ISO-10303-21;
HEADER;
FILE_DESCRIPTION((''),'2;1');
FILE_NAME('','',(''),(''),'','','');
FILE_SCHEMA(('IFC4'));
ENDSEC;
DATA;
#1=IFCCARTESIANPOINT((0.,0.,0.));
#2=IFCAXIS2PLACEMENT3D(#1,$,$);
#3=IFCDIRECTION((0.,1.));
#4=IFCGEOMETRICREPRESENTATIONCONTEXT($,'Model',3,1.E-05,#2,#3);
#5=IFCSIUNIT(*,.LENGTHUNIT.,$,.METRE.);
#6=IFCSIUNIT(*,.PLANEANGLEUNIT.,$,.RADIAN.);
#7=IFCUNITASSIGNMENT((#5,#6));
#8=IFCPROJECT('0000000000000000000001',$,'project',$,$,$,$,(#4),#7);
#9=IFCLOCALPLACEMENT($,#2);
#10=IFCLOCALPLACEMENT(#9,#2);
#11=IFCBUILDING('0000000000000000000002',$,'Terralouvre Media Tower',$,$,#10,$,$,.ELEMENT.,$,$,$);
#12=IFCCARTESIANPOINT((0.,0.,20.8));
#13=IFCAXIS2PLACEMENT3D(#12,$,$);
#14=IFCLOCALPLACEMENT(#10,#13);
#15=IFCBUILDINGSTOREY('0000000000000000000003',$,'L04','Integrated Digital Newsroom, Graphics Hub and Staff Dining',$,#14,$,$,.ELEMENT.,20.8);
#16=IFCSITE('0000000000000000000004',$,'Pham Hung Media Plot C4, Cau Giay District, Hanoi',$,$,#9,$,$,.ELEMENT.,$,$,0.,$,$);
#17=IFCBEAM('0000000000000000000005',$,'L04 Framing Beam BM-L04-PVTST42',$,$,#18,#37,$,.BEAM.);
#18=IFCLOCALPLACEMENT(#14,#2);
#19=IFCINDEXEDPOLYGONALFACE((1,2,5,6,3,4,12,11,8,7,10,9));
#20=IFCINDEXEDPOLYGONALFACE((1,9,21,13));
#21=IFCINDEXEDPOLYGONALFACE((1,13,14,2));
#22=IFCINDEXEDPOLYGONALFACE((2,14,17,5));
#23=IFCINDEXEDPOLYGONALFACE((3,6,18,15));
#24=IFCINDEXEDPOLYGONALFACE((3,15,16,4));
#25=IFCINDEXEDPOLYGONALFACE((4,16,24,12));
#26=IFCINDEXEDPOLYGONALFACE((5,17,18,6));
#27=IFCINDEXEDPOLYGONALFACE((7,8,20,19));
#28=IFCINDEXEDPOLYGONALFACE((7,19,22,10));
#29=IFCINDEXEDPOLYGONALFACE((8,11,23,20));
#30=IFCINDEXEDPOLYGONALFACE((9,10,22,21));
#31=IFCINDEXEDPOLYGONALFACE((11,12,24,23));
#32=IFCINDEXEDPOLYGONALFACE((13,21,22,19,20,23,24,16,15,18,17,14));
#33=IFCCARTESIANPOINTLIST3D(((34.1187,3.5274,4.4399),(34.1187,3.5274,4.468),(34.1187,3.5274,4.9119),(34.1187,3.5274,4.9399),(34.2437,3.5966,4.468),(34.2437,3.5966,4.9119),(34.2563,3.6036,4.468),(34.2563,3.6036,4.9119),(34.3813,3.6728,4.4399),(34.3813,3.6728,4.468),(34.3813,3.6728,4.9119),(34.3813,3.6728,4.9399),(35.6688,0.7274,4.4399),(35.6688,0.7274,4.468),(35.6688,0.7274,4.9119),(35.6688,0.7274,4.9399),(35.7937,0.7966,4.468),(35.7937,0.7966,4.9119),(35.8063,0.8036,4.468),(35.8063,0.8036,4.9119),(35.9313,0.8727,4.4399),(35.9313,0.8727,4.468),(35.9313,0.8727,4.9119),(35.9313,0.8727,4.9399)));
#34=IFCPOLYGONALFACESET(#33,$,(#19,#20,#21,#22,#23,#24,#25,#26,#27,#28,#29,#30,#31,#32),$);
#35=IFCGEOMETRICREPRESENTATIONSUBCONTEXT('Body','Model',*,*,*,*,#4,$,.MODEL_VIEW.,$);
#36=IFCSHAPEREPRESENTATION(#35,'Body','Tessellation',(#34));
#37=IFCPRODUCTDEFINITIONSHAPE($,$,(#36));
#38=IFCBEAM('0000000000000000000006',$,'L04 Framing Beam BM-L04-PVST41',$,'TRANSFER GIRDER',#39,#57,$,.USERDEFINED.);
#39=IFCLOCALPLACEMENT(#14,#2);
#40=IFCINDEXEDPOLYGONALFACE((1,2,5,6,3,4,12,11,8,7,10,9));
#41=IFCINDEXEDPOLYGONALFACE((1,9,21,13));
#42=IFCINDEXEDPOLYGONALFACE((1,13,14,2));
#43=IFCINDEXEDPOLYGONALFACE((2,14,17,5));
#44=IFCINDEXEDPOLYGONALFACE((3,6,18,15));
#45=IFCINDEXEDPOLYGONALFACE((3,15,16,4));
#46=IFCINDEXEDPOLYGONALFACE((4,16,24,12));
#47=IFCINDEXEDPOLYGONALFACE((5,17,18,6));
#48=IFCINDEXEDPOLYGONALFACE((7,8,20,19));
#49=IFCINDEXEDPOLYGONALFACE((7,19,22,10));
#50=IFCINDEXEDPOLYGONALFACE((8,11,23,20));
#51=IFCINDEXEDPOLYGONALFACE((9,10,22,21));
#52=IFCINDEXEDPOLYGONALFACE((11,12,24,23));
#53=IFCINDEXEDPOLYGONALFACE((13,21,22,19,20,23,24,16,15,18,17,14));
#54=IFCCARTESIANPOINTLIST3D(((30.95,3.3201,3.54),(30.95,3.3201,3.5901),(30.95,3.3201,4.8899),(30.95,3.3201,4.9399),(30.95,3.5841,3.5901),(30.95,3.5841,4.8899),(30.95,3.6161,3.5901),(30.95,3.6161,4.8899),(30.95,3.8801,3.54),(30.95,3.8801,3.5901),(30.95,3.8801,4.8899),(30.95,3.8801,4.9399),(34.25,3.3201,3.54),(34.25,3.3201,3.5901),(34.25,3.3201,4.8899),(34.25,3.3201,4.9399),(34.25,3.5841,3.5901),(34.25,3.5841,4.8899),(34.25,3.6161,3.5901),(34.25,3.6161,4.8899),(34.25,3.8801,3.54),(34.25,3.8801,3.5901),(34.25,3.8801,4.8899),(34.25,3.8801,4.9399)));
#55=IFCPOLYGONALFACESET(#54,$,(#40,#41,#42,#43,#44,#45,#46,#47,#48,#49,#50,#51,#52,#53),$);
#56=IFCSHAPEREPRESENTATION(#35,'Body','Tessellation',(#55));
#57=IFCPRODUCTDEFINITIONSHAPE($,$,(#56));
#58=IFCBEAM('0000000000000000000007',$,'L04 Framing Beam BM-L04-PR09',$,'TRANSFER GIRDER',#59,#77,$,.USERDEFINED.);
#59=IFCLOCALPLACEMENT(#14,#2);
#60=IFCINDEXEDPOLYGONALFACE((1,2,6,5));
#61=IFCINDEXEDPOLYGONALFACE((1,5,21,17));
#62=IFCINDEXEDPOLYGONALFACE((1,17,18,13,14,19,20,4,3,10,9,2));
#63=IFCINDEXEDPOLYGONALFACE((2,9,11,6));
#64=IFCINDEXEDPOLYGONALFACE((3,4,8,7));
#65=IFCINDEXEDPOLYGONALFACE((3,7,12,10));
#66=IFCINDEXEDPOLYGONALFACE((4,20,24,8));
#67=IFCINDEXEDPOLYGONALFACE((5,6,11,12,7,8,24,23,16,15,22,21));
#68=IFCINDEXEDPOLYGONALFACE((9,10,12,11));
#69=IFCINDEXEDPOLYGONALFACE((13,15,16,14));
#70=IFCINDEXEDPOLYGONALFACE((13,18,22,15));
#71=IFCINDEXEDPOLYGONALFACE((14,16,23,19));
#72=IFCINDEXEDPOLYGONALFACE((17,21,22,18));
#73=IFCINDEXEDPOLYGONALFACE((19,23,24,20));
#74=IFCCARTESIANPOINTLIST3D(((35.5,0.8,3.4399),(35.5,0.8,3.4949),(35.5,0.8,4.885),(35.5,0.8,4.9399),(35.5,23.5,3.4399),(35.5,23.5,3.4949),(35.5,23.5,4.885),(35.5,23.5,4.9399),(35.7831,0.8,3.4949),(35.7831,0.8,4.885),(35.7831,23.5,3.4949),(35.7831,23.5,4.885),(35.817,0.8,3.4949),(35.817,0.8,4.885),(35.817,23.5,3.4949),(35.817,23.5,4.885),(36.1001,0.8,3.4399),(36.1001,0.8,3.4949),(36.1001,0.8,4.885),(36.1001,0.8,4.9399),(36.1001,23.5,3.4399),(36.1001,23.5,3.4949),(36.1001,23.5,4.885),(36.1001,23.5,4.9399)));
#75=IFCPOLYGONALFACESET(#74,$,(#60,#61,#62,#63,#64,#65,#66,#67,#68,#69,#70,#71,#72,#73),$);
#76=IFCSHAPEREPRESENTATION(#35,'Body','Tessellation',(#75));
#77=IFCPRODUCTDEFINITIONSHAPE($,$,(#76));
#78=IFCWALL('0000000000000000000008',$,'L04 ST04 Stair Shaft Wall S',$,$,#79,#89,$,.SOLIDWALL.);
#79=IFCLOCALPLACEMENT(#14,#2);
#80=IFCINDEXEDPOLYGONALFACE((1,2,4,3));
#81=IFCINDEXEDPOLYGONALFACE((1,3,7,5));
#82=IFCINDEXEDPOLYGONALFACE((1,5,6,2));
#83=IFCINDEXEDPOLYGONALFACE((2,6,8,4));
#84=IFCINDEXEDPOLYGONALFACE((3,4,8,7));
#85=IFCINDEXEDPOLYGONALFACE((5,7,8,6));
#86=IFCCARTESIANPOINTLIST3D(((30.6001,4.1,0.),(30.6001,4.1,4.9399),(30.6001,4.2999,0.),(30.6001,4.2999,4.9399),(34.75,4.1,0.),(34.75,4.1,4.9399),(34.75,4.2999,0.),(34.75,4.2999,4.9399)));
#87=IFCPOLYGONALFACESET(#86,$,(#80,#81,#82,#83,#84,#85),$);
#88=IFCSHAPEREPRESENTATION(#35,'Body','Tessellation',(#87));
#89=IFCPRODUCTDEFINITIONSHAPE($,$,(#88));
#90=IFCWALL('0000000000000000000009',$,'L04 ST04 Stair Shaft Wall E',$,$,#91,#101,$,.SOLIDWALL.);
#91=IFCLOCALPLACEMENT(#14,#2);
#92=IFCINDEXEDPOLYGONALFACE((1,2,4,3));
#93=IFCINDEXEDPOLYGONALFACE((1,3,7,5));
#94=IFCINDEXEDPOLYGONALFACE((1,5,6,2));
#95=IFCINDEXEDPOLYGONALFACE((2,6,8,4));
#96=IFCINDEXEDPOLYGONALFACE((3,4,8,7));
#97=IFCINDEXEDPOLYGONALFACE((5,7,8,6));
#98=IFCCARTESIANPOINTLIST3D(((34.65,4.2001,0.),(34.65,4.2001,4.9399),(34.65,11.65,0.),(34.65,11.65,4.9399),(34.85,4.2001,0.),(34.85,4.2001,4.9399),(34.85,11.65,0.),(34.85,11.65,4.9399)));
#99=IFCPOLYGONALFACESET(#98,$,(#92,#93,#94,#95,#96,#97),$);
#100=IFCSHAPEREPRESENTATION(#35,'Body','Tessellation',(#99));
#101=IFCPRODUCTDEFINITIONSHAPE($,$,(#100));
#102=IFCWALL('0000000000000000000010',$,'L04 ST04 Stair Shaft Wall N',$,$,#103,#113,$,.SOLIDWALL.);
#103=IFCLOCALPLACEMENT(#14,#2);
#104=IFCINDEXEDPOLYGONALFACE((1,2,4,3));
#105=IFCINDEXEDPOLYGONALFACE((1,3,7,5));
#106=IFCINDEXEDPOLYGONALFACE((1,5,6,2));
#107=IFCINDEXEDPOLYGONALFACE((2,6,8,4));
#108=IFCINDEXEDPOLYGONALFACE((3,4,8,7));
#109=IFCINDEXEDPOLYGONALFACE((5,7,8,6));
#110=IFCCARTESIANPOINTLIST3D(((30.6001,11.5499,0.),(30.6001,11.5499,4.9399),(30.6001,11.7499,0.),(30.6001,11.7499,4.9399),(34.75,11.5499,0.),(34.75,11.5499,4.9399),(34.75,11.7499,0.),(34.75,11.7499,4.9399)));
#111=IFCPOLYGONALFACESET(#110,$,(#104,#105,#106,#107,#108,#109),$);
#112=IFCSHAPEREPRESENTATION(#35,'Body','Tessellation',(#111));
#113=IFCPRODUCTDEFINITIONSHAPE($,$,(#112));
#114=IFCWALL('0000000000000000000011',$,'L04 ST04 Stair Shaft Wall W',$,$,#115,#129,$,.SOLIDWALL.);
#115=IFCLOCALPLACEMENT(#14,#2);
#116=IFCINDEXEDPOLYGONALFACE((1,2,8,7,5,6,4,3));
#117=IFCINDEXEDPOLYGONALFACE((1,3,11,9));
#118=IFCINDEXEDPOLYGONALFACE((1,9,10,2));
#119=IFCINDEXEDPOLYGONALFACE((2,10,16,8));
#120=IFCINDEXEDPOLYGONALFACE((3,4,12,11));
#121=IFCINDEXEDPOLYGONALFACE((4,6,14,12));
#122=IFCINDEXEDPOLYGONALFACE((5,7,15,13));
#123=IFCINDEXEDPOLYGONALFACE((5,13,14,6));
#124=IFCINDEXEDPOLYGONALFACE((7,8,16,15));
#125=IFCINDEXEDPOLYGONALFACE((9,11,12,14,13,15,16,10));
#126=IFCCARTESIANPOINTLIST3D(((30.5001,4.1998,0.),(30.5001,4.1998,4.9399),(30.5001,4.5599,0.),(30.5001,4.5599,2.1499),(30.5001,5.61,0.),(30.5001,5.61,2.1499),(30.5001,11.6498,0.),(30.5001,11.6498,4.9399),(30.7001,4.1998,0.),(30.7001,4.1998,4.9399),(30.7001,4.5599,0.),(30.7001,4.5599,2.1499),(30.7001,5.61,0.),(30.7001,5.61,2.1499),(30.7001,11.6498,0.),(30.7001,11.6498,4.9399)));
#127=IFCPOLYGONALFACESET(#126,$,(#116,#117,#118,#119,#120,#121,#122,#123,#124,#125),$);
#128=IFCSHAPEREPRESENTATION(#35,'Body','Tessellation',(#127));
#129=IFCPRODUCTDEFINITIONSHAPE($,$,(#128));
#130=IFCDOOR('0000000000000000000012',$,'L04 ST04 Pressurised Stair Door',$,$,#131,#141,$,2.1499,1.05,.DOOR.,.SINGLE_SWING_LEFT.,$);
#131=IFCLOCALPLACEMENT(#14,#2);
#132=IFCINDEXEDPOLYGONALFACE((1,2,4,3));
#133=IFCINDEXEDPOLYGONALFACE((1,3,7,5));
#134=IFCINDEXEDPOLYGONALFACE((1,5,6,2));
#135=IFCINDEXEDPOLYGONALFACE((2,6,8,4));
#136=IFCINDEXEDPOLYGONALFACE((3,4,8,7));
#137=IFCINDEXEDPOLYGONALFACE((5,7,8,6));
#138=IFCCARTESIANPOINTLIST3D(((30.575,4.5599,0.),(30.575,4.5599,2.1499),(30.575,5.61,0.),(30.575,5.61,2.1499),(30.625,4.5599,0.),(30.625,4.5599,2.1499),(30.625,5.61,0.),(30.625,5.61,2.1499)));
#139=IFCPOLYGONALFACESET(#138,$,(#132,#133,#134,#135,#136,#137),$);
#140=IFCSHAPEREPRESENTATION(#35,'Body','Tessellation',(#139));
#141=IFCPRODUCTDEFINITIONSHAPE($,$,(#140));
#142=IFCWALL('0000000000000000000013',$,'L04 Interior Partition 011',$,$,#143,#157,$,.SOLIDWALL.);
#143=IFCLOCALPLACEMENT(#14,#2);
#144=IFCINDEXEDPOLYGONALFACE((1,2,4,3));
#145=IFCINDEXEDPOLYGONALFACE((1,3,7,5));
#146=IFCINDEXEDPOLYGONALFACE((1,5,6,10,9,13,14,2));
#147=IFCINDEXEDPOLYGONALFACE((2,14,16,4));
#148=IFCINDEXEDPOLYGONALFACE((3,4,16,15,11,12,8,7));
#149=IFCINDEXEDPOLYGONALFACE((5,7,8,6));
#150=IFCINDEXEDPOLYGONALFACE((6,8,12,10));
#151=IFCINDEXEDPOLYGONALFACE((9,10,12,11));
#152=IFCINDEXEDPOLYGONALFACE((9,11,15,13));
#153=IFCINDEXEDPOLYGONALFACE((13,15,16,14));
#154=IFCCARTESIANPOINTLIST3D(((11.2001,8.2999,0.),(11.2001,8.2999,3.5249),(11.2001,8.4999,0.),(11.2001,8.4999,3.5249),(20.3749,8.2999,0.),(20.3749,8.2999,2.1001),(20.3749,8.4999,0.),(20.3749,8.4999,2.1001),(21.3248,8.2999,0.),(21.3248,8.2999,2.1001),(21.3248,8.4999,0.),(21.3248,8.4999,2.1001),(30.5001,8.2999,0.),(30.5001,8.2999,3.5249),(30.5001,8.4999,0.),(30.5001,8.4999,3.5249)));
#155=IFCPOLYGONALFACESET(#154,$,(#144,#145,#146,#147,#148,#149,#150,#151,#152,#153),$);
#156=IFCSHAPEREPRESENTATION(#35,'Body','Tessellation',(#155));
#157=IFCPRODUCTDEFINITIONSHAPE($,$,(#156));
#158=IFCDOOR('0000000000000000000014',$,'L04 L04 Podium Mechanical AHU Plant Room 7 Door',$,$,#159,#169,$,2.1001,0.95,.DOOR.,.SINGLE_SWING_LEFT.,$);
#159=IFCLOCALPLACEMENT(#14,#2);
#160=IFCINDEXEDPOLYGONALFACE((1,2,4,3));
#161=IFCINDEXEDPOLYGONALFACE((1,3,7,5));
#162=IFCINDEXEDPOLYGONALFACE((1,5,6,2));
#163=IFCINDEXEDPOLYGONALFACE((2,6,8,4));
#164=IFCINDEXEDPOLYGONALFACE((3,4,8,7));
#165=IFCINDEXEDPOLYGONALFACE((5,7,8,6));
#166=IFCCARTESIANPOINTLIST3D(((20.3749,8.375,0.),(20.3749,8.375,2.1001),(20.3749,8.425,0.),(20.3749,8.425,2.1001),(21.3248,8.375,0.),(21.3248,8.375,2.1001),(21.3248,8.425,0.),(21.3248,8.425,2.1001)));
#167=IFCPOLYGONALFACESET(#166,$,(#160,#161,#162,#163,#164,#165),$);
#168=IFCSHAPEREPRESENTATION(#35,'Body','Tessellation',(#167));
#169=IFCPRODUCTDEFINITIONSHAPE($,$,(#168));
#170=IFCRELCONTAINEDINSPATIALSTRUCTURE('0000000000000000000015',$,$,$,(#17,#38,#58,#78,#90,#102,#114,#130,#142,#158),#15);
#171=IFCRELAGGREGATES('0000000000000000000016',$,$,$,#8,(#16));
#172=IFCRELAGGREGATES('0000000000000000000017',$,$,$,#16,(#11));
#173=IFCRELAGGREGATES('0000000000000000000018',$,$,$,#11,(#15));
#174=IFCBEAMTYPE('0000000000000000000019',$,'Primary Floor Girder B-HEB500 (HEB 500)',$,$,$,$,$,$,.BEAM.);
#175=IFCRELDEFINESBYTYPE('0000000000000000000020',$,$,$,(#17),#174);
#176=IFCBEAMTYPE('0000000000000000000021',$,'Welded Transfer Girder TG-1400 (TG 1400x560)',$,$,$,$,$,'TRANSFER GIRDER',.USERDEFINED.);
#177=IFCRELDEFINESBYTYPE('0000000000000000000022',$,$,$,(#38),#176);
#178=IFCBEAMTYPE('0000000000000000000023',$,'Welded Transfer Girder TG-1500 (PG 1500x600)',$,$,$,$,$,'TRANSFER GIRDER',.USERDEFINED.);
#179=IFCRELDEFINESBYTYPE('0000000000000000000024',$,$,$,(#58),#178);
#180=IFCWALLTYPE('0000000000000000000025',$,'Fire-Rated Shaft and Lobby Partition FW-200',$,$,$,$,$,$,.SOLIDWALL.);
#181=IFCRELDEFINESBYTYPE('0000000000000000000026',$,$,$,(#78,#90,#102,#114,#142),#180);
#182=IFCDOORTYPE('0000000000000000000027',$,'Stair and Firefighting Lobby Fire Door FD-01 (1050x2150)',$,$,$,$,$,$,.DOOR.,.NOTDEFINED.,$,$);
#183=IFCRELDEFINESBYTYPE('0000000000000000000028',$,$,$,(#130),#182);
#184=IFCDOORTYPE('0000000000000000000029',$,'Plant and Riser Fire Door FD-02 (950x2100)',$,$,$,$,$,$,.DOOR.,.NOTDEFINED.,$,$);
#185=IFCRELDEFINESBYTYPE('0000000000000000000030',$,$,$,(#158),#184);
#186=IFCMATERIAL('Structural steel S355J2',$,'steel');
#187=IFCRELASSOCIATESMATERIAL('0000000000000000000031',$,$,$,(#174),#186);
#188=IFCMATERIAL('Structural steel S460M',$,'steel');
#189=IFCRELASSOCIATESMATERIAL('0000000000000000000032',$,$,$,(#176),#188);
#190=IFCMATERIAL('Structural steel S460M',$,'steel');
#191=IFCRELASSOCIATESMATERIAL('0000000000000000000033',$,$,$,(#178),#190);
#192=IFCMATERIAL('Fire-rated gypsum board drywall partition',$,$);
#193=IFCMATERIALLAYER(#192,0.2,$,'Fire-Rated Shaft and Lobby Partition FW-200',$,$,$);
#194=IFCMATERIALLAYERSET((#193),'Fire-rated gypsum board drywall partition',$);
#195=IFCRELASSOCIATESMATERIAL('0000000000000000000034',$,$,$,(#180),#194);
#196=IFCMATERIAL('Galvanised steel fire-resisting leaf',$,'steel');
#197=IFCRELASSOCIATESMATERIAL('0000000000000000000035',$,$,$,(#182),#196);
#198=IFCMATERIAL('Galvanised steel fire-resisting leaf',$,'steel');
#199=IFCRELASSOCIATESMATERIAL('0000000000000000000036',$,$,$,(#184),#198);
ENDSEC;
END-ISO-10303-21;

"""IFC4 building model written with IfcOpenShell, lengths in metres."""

from ifc_helpers import new_model, si_unit, direction, frame, frame_2d, origin, origin_2d, place, context, subcontext, project, spatial, rectangle, i_section, extrude, material, layer, layer_set, material_profile, profile_set, type_object, element, fill, save


model = new_model("IFC4")

# Units and contexts
model_context = context("Model", 3, precision=1e-05, world=origin(), true_north=direction((0.0, 1.0)))
body_context = subcontext(model_context, "Body", "Model", "MODEL_VIEW")
ifc_project = project(units=[si_unit("LENGTHUNIT", "METRE"), si_unit("PLANEANGLEUNIT", "RADIAN")], contexts=[model_context])

# Site, building, storey
site_placement = place(None, origin())
site = spatial("IfcSite", under=ifc_project, at=site_placement, Name="Pham Hung Media Plot C4, Cau Giay District, Hanoi", CompositionType="ELEMENT", RefElevation=0.0)
building_placement = place(site_placement, origin())
building = spatial("IfcBuilding", under=site, at=building_placement, Name="Terralouvre Media Tower", CompositionType="ELEMENT")
storey_placement = place(building_placement, frame((0.0, 0.0, 20.8)))
storey = spatial("IfcBuildingStorey", under=building, at=storey_placement, Name="L04", Description="Integrated Digital Newsroom, Graphics Hub and Staff Dining", CompositionType="ELEMENT", Elevation=20.8)

# Beams
ifc_material_1 = material(Name="Structural steel S355J2", Category="steel")
ifc_material_profile_1 = material_profile(ifc_material_1, i_section(OverallWidth=0.3, OverallDepth=0.5, WebThickness=0.0144, FlangeThickness=0.0281, at=origin_2d()), Name="HEB 500")
ifc_profile_set_1 = profile_set([ifc_material_profile_1], Name="Structural steel S355J2")
beam_type_1 = type_object("IfcBeamType", Name="Primary Floor Girder B-HEB500 (HEB 500)", PredefinedType="BEAM", material=ifc_profile_set_1)
beam_1_placement = place(storey_placement, frame((34.25, 3.6001, 4.6899), z_axis=(0.484321, -0.87489, 0.0), x_axis=(0.87489, 0.484321, 0.0)))
element("IfcBeam", 1, at=beam_1_placement, inside=storey, type_object=beam_type_1, Name="L04 Framing Beam BM-L04-PVTST42", PredefinedType="BEAM", context=body_context, shape_type="SweptSolid", body=[
    extrude(i_section(OverallWidth=0.3, OverallDepth=0.5, WebThickness=0.0144, FlangeThickness=0.0281, at=origin_2d()), origin(), (0.0, 0.0, 1.0), 3.2004),
])
ifc_material_2 = material(Name="Structural steel S460M", Category="steel")
ifc_material_profile_2 = material_profile(ifc_material_2, i_section(OverallWidth=0.5601, OverallDepth=1.3999, WebThickness=0.032, FlangeThickness=0.05, at=origin_2d()), Name="TG 1400x560")
ifc_profile_set_2 = profile_set([ifc_material_profile_2], Name="Structural steel S460M")
beam_type_2 = type_object("IfcBeamType", Name="Welded Transfer Girder TG-1400 (TG 1400x560)", ElementType="TRANSFER GIRDER", PredefinedType="USERDEFINED", material=ifc_profile_set_2)
beam_2_placement = place(storey_placement, frame((30.95, 3.6001, 4.24), z_axis=(1.0, 0.0, 0.0), x_axis=(0.0, 1.0, 0.0)))
element("IfcBeam", 2, at=beam_2_placement, inside=storey, type_object=beam_type_2, Name="L04 Framing Beam BM-L04-PVST41", ObjectType="TRANSFER GIRDER", PredefinedType="USERDEFINED", context=body_context, shape_type="SweptSolid", body=[
    extrude(i_section(OverallWidth=0.5601, OverallDepth=1.3999, WebThickness=0.032, FlangeThickness=0.05, at=origin_2d()), origin(), (0.0, 0.0, 1.0), 3.3),
])
ifc_material_3 = material(Name="Structural steel S460M", Category="steel")
ifc_material_profile_3 = material_profile(ifc_material_3, i_section(OverallWidth=0.6001, OverallDepth=1.5, WebThickness=0.0339, FlangeThickness=0.0549, at=origin_2d()), Name="PG 1500x600")
ifc_profile_set_3 = profile_set([ifc_material_profile_3], Name="Structural steel S460M")
beam_type_3 = type_object("IfcBeamType", Name="Welded Transfer Girder TG-1500 (PG 1500x600)", ElementType="TRANSFER GIRDER", PredefinedType="USERDEFINED", material=ifc_profile_set_3)
beam_3_placement = place(storey_placement, frame((35.8, 0.8, 4.1899), z_axis=(0.0, 1.0, 0.0), x_axis=(-1.0, 0.0, 0.0)))
element("IfcBeam", 3, at=beam_3_placement, inside=storey, type_object=beam_type_3, Name="L04 Framing Beam BM-L04-PR09", ObjectType="TRANSFER GIRDER", PredefinedType="USERDEFINED", context=body_context, shape_type="SweptSolid", body=[
    extrude(i_section(OverallWidth=0.6001, OverallDepth=1.5, WebThickness=0.0339, FlangeThickness=0.0549, at=origin_2d()), origin(), (0.0, 0.0, 1.0), 22.7),
])

# Walls
ifc_material_4 = material(Name="Fire-rated gypsum board drywall partition")
ifc_layer_1 = layer(ifc_material_4, 0.2, Name="Fire-Rated Shaft and Lobby Partition FW-200")
ifc_layer_set_1 = layer_set([ifc_layer_1], Name="Fire-rated gypsum board drywall partition")
wall_type_1 = type_object("IfcWallType", Name="Fire-Rated Shaft and Lobby Partition FW-200", PredefinedType="SOLIDWALL", material=ifc_layer_set_1)
wall_1_placement = place(storey_placement, frame((30.6001, 4.2, 0.0), z_axis=(0.0, 0.0, 1.0), x_axis=(1.0, 0.0, 0.0)))
element("IfcWall", 4, at=wall_1_placement, inside=storey, type_object=wall_type_1, Name="L04 ST04 Stair Shaft Wall S", PredefinedType="SOLIDWALL", context=body_context, shape_type="SweptSolid", body=[
    extrude(rectangle(XDim=4.1499, YDim=0.2, at=frame_2d((2.075, 0.0))), origin(), (0.0, 0.0, 1.0), 4.9399),
])
wall_2_placement = place(storey_placement, frame((34.75, 4.2, 0.0), z_axis=(0.0, 0.0, 1.0), x_axis=(0.0, 1.0, 0.0)))
element("IfcWall", 5, at=wall_2_placement, inside=storey, type_object=wall_type_1, Name="L04 ST04 Stair Shaft Wall E", PredefinedType="SOLIDWALL", context=body_context, shape_type="SweptSolid", body=[
    extrude(rectangle(XDim=7.45, YDim=0.2, at=frame_2d((3.7251, 0.0))), origin(), (0.0, 0.0, 1.0), 4.9399),
])
wall_3_placement = place(storey_placement, frame((34.75, 11.6499, 0.0), z_axis=(0.0, 0.0, 1.0), x_axis=(-1.0, 0.0, 0.0)))
element("IfcWall", 6, at=wall_3_placement, inside=storey, type_object=wall_type_1, Name="L04 ST04 Stair Shaft Wall N", PredefinedType="SOLIDWALL", context=body_context, shape_type="SweptSolid", body=[
    extrude(rectangle(XDim=4.1499, YDim=0.2, at=frame_2d((2.075, 0.0))), origin(), (0.0, 0.0, 1.0), 4.9399),
])

# Walls, openings, doors
wall_4_placement = place(storey_placement, frame((30.6001, 11.6499, 0.0), z_axis=(0.0, 0.0, 1.0), x_axis=(0.0, -1.0, 0.0)))
wall_4 = element("IfcWall", 7, at=wall_4_placement, inside=storey, type_object=wall_type_1, Name="L04 ST04 Stair Shaft Wall W", PredefinedType="SOLIDWALL", context=body_context, shape_type="SweptSolid", body=[
    extrude(rectangle(XDim=7.45, YDim=0.2, at=frame_2d((3.7251, 0.0))), origin(), (0.0, 0.0, 1.0), 4.9399),
])
opening_1_placement = place(wall_4_placement, frame((6.04, 0.0, 0.0)))
opening_1 = element("IfcOpeningElement", 8, at=opening_1_placement, cuts=wall_4, PredefinedType="OPENING", context=body_context, shape_type="SweptSolid", body=[
    extrude(rectangle(XDim=1.05, YDim=2.1499, at=frame_2d((0.5249, 1.075))), frame((0.0, 0.1099, 0.0), z_axis=(0.0, -1.0, 0.0), x_axis=(1.0, 0.0, 0.0)), (0.0, 0.0, 1.0), 0.22),
])
ifc_material_5 = material(Name="Galvanised steel fire-resisting leaf", Category="steel")
door_type_1 = type_object("IfcDoorType", Name="Stair and Firefighting Lobby Fire Door FD-01 (1050x2150)", OperationType="NOTDEFINED", PredefinedType="DOOR", material=ifc_material_5)
door_1_placement = place(opening_1_placement, origin())
door_1 = element("IfcDoor", 9, at=door_1_placement, inside=storey, type_object=door_type_1, Name="L04 ST04 Pressurised Stair Door", OperationType="SINGLE_SWING_LEFT", OverallHeight=2.1499, OverallWidth=1.05, PredefinedType="DOOR", context=body_context, shape_type="SweptSolid", body=[
    extrude(rectangle(XDim=1.05, YDim=2.1499, at=frame_2d((0.5249, 1.075))), frame((0.0, 0.0249, 0.0), z_axis=(0.0, -1.0, 0.0), x_axis=(1.0, 0.0, 0.0)), (0.0, 0.0, 1.0), 0.05),
])
fill(opening_1, door_1)
wall_5_placement = place(storey_placement, frame((30.5, 8.3999, 0.0), z_axis=(0.0, 0.0, 1.0), x_axis=(-1.0, 0.0, 0.0)))
wall_5 = element("IfcWall", 10, at=wall_5_placement, inside=storey, type_object=wall_type_1, Name="L04 Interior Partition 011", PredefinedType="SOLIDWALL", context=body_context, shape_type="SweptSolid", body=[
    extrude(rectangle(XDim=19.3, YDim=0.2, at=frame_2d((9.6499, 0.0))), origin(), (0.0, 0.0, 1.0), 3.5249),
])
opening_2_placement = place(wall_5_placement, frame((9.175, 0.0, 0.0)))
opening_2 = element("IfcOpeningElement", 11, at=opening_2_placement, cuts=wall_5, PredefinedType="OPENING", context=body_context, shape_type="SweptSolid", body=[
    extrude(rectangle(XDim=0.95, YDim=2.1001, at=frame_2d((0.4751, 1.05))), frame((0.0, 0.1099, 0.0), z_axis=(0.0, -1.0, 0.0), x_axis=(1.0, 0.0, 0.0)), (0.0, 0.0, 1.0), 0.22),
])
ifc_material_6 = material(Name="Galvanised steel fire-resisting leaf", Category="steel")
door_type_2 = type_object("IfcDoorType", Name="Plant and Riser Fire Door FD-02 (950x2100)", OperationType="NOTDEFINED", PredefinedType="DOOR", material=ifc_material_6)
door_2_placement = place(opening_2_placement, origin())
door_2 = element("IfcDoor", 12, at=door_2_placement, inside=storey, type_object=door_type_2, Name="L04 L04 Podium Mechanical AHU Plant Room 7 Door", OperationType="SINGLE_SWING_LEFT", OverallHeight=2.1001, OverallWidth=0.95, PredefinedType="DOOR", context=body_context, shape_type="SweptSolid", body=[
    extrude(rectangle(XDim=0.95, YDim=2.1001, at=frame_2d((0.4751, 1.05))), frame((0.0, 0.0249, 0.0), z_axis=(0.0, -1.0, 0.0), x_axis=(1.0, 0.0, 0.0)), (0.0, 0.0, 1.0), 0.05),
])
fill(opening_2, door_2)

save(model, "model.ifc")
